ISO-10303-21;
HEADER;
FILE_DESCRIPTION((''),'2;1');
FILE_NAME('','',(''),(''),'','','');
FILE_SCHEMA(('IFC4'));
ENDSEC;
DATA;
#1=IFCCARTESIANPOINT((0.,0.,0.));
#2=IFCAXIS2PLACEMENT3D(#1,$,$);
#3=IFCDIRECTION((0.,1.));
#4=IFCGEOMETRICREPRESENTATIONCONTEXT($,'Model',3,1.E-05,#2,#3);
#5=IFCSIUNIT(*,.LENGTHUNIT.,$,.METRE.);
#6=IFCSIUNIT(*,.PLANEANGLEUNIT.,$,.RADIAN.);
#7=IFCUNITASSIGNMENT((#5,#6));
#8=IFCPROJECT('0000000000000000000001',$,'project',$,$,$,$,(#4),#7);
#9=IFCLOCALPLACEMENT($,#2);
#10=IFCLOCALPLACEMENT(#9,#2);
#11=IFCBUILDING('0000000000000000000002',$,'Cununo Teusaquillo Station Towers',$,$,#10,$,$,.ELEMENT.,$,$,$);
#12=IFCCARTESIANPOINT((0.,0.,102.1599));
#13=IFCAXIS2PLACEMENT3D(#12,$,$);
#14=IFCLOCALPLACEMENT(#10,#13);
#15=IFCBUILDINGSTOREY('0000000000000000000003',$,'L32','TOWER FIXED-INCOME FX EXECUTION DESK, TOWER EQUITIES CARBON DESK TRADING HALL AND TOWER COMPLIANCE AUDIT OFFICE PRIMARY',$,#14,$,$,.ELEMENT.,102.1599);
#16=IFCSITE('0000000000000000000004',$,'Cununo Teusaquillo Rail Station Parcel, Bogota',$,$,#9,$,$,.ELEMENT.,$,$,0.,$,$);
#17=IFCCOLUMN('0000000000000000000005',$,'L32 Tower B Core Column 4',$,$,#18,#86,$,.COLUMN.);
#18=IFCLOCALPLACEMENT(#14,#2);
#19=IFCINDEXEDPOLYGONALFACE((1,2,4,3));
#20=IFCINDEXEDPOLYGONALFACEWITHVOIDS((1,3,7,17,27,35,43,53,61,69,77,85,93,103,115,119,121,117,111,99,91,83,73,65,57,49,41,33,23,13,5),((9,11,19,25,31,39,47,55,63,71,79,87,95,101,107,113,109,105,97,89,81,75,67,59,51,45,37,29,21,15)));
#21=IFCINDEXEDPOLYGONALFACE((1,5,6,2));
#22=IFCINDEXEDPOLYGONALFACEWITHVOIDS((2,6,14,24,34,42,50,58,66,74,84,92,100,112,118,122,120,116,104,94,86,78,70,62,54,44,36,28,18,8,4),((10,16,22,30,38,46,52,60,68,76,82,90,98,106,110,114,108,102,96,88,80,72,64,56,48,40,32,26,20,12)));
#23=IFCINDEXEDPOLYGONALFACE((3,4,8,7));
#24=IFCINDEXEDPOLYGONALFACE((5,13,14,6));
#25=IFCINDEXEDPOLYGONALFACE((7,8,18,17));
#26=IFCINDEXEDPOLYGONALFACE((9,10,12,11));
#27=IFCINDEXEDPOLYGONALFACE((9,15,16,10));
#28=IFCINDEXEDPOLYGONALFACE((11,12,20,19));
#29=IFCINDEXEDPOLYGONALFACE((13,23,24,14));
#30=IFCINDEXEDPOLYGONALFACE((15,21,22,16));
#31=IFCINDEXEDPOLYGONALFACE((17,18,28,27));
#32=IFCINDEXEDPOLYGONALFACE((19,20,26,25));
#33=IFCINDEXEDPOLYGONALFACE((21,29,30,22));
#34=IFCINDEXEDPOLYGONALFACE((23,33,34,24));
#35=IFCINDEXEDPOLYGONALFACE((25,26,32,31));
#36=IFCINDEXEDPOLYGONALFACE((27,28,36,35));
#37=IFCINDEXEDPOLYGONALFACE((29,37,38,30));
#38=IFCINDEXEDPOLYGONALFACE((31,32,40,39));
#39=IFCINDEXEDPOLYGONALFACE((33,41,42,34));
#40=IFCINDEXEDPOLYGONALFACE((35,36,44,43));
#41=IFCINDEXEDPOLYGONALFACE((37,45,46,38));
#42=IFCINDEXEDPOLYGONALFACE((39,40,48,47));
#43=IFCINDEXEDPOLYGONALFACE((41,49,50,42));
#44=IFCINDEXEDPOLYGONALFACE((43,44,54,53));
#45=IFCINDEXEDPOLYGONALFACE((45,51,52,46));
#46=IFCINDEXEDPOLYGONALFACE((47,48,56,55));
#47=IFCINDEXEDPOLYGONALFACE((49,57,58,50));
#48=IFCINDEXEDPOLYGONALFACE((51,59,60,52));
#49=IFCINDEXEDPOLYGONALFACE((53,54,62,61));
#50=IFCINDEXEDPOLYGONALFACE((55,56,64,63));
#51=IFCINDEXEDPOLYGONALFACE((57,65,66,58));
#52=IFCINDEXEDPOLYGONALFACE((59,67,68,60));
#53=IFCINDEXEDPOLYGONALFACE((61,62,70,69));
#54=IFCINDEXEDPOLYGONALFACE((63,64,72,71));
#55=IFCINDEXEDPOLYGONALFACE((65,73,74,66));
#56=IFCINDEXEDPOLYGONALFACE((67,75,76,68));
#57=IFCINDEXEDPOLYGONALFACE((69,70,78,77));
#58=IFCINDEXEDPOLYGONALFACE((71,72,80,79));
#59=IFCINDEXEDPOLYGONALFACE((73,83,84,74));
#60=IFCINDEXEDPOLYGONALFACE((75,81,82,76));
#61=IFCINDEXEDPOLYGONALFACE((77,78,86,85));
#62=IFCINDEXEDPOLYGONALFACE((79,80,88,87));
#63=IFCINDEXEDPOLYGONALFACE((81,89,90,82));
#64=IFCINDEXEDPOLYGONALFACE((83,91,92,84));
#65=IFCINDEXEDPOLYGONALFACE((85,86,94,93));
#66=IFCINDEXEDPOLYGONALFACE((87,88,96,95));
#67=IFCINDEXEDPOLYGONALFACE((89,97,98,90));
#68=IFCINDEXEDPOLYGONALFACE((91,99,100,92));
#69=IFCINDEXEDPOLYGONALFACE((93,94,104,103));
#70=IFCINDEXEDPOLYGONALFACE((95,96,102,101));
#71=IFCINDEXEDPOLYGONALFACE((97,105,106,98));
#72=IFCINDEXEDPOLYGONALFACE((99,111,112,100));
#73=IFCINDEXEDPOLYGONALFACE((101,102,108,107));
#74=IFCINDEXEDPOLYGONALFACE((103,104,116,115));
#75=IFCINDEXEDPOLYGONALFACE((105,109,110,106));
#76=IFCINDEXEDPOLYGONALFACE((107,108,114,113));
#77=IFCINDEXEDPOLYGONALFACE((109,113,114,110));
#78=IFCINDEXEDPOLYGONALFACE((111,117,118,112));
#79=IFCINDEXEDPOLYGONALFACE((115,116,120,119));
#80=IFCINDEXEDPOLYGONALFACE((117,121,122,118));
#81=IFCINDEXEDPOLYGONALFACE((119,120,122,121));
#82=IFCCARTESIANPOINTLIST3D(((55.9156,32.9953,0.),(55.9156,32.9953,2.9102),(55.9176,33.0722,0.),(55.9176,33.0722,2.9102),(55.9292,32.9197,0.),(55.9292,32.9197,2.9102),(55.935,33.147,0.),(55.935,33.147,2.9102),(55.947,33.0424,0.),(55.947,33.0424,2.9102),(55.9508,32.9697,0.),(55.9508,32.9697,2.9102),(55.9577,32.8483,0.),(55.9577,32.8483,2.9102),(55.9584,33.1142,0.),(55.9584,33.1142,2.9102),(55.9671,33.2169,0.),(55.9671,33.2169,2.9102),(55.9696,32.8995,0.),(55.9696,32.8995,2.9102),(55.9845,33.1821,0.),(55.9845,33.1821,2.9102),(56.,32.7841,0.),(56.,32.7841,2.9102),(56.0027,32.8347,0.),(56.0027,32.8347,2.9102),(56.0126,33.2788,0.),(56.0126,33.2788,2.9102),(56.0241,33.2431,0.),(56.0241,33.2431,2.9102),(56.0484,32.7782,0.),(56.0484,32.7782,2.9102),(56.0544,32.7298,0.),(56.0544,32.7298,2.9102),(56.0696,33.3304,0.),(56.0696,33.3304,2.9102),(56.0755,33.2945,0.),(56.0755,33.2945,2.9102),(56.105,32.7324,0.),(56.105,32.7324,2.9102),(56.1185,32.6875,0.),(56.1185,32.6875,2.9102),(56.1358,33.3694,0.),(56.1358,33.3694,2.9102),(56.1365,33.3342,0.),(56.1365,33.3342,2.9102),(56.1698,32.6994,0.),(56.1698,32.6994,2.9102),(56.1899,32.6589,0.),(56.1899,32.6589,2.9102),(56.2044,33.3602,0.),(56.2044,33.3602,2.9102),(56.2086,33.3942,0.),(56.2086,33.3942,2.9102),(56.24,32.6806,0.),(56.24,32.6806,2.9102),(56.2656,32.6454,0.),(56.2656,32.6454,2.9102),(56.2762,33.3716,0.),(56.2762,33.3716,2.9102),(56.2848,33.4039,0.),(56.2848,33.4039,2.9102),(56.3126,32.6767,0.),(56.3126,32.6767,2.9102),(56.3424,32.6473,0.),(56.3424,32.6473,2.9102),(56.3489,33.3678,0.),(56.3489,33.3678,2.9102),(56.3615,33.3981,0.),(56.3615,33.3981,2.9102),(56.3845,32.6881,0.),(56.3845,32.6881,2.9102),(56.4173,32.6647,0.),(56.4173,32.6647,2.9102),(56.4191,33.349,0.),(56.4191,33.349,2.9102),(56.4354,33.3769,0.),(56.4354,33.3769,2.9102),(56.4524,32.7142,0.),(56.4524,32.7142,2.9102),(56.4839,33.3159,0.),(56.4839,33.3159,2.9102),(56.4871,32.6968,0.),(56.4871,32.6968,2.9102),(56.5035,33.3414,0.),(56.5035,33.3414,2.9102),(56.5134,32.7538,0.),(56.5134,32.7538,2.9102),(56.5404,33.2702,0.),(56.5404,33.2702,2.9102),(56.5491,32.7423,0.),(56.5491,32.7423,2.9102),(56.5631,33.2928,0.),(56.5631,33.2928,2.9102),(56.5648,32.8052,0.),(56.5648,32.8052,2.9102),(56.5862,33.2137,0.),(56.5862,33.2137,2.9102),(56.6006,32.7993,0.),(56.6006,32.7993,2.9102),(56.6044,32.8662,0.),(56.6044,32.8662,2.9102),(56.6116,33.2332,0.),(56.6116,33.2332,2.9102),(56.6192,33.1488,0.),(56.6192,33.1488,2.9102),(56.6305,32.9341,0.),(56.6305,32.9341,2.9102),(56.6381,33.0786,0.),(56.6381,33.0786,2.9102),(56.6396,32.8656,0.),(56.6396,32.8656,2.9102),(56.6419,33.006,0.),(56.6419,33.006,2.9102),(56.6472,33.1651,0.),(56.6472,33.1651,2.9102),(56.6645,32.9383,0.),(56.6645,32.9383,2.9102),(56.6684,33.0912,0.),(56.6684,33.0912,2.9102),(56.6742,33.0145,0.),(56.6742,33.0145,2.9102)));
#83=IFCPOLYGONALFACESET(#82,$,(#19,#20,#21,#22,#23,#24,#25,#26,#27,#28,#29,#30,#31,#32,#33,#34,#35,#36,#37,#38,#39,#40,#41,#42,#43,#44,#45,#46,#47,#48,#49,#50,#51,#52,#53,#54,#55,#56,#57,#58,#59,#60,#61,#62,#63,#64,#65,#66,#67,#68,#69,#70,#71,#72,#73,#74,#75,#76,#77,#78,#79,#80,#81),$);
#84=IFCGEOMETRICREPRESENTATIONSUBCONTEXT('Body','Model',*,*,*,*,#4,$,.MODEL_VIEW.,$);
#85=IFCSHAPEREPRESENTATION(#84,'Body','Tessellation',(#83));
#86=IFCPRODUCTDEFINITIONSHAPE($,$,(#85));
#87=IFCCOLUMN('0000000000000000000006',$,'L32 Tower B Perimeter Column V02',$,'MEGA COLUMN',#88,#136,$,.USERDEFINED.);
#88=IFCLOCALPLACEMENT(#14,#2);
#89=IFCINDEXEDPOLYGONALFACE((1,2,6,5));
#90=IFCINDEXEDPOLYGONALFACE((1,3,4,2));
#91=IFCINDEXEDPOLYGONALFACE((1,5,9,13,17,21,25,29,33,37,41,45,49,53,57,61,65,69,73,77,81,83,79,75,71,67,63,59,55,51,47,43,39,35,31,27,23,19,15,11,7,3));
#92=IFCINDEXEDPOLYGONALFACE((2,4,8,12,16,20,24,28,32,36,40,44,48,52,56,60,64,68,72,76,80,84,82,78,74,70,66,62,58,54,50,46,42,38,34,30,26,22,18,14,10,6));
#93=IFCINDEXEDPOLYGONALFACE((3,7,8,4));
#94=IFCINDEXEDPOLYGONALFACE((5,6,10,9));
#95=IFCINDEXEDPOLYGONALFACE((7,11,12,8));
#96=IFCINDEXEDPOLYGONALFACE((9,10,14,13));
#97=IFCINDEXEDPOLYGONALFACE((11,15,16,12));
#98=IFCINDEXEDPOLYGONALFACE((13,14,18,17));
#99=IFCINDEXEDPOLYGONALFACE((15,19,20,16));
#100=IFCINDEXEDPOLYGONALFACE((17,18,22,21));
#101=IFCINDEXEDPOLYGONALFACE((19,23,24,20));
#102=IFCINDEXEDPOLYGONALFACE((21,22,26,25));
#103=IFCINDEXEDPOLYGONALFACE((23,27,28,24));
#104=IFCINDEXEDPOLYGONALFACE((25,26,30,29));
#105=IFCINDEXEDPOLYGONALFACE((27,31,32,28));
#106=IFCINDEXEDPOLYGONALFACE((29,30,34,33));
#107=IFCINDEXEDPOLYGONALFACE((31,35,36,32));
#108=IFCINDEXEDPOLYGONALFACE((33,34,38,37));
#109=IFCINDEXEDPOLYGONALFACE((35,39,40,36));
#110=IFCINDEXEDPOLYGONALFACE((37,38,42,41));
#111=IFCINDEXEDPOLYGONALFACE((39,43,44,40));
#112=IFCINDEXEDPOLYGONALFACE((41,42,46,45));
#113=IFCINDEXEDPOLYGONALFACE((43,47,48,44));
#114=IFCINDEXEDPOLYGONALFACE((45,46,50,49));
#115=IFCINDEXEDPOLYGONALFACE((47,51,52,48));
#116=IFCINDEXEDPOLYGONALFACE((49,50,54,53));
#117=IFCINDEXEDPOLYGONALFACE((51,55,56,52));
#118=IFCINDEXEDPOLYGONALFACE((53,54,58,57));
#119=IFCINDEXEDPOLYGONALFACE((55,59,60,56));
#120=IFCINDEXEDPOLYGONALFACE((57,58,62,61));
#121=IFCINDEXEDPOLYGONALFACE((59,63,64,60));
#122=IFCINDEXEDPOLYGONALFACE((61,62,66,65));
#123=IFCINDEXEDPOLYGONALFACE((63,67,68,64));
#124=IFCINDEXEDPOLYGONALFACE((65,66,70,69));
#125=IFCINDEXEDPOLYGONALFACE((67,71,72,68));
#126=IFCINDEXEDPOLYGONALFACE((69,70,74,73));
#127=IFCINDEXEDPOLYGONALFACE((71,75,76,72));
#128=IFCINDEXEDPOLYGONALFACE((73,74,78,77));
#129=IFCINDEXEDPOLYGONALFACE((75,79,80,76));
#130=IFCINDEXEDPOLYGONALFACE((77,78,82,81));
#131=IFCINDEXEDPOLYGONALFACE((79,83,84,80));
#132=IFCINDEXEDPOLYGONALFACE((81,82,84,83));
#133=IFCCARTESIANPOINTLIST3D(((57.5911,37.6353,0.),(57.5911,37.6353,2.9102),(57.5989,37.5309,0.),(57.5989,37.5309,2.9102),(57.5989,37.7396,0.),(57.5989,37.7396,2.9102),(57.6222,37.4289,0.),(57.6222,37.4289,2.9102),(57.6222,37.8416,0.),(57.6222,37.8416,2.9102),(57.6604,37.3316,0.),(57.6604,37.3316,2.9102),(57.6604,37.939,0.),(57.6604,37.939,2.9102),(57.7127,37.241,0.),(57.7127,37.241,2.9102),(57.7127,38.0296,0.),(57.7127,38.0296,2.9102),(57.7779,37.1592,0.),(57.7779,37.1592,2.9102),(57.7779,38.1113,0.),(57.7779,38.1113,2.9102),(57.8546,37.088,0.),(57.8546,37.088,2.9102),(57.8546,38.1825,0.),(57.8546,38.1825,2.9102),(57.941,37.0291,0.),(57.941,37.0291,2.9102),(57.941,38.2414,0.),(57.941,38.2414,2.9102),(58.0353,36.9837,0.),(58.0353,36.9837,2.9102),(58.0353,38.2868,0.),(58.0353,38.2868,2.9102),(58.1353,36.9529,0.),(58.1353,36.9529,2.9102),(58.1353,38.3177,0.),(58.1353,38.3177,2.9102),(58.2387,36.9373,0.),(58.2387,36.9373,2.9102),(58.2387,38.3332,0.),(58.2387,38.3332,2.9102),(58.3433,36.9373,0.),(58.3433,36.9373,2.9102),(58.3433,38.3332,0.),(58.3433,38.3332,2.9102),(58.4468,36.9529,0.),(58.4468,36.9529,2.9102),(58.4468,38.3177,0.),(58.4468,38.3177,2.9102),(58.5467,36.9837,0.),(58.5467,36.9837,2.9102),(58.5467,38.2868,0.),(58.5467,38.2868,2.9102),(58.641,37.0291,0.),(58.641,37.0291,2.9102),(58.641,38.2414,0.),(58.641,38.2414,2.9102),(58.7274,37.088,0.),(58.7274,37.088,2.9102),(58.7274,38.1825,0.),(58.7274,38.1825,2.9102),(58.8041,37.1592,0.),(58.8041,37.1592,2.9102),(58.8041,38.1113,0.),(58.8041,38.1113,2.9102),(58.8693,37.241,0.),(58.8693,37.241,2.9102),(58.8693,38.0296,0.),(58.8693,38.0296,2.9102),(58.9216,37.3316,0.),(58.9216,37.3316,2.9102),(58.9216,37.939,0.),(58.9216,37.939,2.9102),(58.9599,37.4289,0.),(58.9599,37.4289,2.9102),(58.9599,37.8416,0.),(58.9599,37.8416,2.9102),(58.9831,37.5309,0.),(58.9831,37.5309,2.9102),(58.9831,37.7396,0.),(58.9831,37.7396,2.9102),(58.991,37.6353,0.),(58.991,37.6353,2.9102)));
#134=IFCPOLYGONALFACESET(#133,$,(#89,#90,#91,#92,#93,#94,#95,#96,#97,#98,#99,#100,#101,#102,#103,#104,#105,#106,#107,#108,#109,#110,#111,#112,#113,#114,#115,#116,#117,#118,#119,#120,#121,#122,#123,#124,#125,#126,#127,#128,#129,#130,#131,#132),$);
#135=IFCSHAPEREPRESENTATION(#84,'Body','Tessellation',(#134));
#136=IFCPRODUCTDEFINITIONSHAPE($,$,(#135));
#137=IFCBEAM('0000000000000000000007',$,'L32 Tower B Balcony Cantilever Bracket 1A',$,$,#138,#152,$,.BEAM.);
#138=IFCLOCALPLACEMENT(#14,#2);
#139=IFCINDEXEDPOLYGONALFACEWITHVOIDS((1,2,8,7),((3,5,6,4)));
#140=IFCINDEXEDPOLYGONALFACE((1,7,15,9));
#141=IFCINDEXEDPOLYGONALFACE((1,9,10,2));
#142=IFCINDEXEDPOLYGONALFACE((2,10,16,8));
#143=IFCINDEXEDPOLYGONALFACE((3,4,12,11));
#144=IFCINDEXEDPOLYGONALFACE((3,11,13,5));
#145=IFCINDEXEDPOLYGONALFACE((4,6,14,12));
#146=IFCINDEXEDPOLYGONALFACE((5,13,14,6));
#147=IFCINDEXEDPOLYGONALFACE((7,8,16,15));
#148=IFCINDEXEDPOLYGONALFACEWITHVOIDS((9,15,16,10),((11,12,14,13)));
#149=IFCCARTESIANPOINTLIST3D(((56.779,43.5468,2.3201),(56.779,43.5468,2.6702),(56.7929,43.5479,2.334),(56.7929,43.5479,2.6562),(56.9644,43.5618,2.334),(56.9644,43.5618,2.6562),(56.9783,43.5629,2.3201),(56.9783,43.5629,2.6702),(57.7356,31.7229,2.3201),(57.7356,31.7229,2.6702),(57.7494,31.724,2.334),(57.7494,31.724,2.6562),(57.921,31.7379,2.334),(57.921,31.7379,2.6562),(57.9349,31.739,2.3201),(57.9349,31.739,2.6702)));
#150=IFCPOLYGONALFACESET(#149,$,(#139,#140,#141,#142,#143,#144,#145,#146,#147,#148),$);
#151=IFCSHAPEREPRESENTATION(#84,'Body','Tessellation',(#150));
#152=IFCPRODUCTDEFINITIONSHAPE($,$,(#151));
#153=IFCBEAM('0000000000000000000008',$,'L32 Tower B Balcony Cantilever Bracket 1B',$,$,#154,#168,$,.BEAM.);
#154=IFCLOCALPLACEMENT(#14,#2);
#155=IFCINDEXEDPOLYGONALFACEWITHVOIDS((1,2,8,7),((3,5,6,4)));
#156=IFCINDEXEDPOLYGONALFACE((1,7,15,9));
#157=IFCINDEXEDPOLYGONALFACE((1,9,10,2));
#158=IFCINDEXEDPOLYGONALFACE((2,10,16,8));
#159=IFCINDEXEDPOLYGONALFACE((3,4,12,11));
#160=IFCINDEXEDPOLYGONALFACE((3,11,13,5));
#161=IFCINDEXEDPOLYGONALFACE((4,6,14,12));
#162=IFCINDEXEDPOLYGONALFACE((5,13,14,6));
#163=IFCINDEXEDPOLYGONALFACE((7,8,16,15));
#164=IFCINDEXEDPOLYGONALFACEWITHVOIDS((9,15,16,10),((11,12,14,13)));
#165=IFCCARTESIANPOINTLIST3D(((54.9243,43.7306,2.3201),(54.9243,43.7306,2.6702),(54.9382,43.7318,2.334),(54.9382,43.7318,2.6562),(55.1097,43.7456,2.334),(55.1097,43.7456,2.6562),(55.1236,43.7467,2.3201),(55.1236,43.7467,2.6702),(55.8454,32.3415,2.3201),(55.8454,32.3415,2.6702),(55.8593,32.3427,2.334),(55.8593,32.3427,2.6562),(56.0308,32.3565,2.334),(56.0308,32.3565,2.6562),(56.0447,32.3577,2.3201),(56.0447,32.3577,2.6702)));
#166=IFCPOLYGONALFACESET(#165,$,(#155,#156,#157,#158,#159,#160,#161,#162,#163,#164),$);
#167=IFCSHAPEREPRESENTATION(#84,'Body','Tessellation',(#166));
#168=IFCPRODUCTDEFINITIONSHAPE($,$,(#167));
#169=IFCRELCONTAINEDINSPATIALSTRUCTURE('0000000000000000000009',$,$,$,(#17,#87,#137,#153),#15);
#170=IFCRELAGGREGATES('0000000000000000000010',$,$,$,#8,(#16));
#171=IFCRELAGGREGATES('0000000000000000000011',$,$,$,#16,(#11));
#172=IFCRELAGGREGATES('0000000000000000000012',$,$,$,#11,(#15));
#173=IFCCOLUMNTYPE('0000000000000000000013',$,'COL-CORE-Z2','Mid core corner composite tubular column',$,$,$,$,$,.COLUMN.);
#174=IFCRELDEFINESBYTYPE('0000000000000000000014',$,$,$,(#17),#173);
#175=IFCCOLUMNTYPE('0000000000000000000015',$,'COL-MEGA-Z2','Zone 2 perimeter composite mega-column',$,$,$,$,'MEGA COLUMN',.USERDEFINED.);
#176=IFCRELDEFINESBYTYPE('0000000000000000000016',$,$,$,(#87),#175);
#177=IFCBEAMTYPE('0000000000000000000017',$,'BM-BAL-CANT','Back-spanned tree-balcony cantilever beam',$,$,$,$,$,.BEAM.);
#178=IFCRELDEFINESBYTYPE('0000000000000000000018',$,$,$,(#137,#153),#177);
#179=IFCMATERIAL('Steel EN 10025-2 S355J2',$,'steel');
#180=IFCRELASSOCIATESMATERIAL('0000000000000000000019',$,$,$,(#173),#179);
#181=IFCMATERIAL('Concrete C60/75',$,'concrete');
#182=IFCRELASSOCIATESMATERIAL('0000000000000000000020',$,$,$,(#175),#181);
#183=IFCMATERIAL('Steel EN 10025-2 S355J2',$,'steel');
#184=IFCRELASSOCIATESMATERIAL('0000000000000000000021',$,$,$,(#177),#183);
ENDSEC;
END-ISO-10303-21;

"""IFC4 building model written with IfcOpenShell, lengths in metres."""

from ifc_helpers import new_model, si_unit, direction, frame, origin, origin_2d, place, context, subcontext, project, spatial, hollow_rectangle, circle, hollow_circle, extrude, material, material_profile, profile_set, type_object, element, save


model = new_model("IFC4")

# Units and contexts
model_context = context("Model", 3, precision=1e-05, world=origin(), true_north=direction((0.0, 1.0)))
body_context = subcontext(model_context, "Body", "Model", "MODEL_VIEW")
ifc_project = project(units=[si_unit("LENGTHUNIT", "METRE"), si_unit("PLANEANGLEUNIT", "RADIAN")], contexts=[model_context])

# Site, building, storey
site_placement = place(None, origin())
site = spatial("IfcSite", under=ifc_project, at=site_placement, Name="Cununo Teusaquillo Rail Station Parcel, Bogota", CompositionType="ELEMENT", RefElevation=0.0)
building_placement = place(site_placement, origin())
building = spatial("IfcBuilding", under=site, at=building_placement, Name="Cununo Teusaquillo Station Towers", CompositionType="ELEMENT")
storey_placement = place(building_placement, frame((0.0, 0.0, 102.1599)))
storey = spatial("IfcBuildingStorey", under=building, at=storey_placement, Name="L32", Description="TOWER FIXED-INCOME FX EXECUTION DESK, TOWER EQUITIES CARBON DESK TRADING HALL AND TOWER COMPLIANCE AUDIT OFFICE PRIMARY", CompositionType="ELEMENT", Elevation=102.1599)

# Columns
ifc_material_1 = material(Name="Steel EN 10025-2 S355J2", Category="steel")
ifc_material_profile_1 = material_profile(ifc_material_1, hollow_circle(Radius=0.3799, WallThickness=0.032, at=origin_2d()), Name="CHS 760x32")
ifc_profile_set_1 = profile_set([ifc_material_profile_1], Name="Steel EN 10025-2 S355J2")
column_type_1 = type_object("IfcColumnType", Name="COL-CORE-Z2", Description="Mid core corner composite tubular column", PredefinedType="COLUMN", material=ifc_profile_set_1)
column_1_placement = place(storey_placement, frame((56.2944, 33.0242, 0.0), z_axis=(0.0, 0.0, 1.0), x_axis=(0.707107, 0.707107, 0.0)))
element("IfcColumn", 1, at=column_1_placement, inside=storey, type_object=column_type_1, Name="L32 Tower B Core Column 4", PredefinedType="COLUMN", context=body_context, shape_type="SweptSolid", body=[
    extrude(hollow_circle(Radius=0.3799, WallThickness=0.032, at=origin_2d()), origin(), (0.0, 0.0, 1.0), 2.9102),
])
ifc_material_2 = material(Name="Concrete C60/75", Category="concrete")
ifc_material_profile_2 = material_profile(ifc_material_2, circle(Radius=0.7, at=origin_2d()), Name="RC-CIRC-1400")
ifc_profile_set_2 = profile_set([ifc_material_profile_2], Name="Concrete C60/75")
column_type_2 = type_object("IfcColumnType", Name="COL-MEGA-Z2", Description="Zone 2 perimeter composite mega-column", ElementType="MEGA COLUMN", PredefinedType="USERDEFINED", material=ifc_profile_set_2)
column_2_placement = place(storey_placement, frame((58.291, 37.6353, 0.0), z_axis=(0.0, 0.0, 1.0), x_axis=(1.0, 0.0, 0.0)))
element("IfcColumn", 2, at=column_2_placement, inside=storey, type_object=column_type_2, Name="L32 Tower B Perimeter Column V02", ObjectType="MEGA COLUMN", PredefinedType="USERDEFINED", context=body_context, shape_type="SweptSolid", body=[
    extrude(circle(Radius=0.7, at=origin_2d()), origin(), (0.0, 0.0, 1.0), 2.9102),
])

# Beams
ifc_material_3 = material(Name="Steel EN 10025-2 S355J2", Category="steel")
ifc_material_profile_3 = material_profile(ifc_material_3, hollow_rectangle(XDim=0.2, YDim=0.3501, WallThickness=0.0139, at=origin_2d()), Name="RHS 350x200x14")
ifc_profile_set_3 = profile_set([ifc_material_profile_3], Name="Steel EN 10025-2 S355J2")
beam_type_1 = type_object("IfcBeamType", Name="BM-BAL-CANT", Description="Back-spanned tree-balcony cantilever beam", PredefinedType="BEAM", material=ifc_profile_set_3)
beam_1_placement = place(storey_placement, frame((57.8352, 31.731, 2.4951), z_axis=(-0.080635, 0.996744, 0.0), x_axis=(-0.996744, -0.080635, 0.0)))
element("IfcBeam", 3, at=beam_1_placement, inside=storey, type_object=beam_type_1, Name="L32 Tower B Balcony Cantilever Bracket 1A", PredefinedType="BEAM", context=body_context, shape_type="SweptSolid", body=[
    extrude(hollow_rectangle(XDim=0.2, YDim=0.3501, WallThickness=0.0139, at=origin_2d()), origin(), (0.0, 0.0, 1.0), 11.8625),
])
beam_2_placement = place(storey_placement, frame((55.9451, 32.3496, 2.4951), z_axis=(-0.080616, 0.996745, 0.0), x_axis=(-0.996745, -0.080616, 0.0)))
element("IfcBeam", 4, at=beam_2_placement, inside=storey, type_object=beam_type_1, Name="L32 Tower B Balcony Cantilever Bracket 1B", PredefinedType="BEAM", context=body_context, shape_type="SweptSolid", body=[
    extrude(hollow_rectangle(XDim=0.2, YDim=0.3501, WallThickness=0.0139, at=origin_2d()), origin(), (0.0, 0.0, 1.0), 11.4263),
])

save(model, "model.ifc")
